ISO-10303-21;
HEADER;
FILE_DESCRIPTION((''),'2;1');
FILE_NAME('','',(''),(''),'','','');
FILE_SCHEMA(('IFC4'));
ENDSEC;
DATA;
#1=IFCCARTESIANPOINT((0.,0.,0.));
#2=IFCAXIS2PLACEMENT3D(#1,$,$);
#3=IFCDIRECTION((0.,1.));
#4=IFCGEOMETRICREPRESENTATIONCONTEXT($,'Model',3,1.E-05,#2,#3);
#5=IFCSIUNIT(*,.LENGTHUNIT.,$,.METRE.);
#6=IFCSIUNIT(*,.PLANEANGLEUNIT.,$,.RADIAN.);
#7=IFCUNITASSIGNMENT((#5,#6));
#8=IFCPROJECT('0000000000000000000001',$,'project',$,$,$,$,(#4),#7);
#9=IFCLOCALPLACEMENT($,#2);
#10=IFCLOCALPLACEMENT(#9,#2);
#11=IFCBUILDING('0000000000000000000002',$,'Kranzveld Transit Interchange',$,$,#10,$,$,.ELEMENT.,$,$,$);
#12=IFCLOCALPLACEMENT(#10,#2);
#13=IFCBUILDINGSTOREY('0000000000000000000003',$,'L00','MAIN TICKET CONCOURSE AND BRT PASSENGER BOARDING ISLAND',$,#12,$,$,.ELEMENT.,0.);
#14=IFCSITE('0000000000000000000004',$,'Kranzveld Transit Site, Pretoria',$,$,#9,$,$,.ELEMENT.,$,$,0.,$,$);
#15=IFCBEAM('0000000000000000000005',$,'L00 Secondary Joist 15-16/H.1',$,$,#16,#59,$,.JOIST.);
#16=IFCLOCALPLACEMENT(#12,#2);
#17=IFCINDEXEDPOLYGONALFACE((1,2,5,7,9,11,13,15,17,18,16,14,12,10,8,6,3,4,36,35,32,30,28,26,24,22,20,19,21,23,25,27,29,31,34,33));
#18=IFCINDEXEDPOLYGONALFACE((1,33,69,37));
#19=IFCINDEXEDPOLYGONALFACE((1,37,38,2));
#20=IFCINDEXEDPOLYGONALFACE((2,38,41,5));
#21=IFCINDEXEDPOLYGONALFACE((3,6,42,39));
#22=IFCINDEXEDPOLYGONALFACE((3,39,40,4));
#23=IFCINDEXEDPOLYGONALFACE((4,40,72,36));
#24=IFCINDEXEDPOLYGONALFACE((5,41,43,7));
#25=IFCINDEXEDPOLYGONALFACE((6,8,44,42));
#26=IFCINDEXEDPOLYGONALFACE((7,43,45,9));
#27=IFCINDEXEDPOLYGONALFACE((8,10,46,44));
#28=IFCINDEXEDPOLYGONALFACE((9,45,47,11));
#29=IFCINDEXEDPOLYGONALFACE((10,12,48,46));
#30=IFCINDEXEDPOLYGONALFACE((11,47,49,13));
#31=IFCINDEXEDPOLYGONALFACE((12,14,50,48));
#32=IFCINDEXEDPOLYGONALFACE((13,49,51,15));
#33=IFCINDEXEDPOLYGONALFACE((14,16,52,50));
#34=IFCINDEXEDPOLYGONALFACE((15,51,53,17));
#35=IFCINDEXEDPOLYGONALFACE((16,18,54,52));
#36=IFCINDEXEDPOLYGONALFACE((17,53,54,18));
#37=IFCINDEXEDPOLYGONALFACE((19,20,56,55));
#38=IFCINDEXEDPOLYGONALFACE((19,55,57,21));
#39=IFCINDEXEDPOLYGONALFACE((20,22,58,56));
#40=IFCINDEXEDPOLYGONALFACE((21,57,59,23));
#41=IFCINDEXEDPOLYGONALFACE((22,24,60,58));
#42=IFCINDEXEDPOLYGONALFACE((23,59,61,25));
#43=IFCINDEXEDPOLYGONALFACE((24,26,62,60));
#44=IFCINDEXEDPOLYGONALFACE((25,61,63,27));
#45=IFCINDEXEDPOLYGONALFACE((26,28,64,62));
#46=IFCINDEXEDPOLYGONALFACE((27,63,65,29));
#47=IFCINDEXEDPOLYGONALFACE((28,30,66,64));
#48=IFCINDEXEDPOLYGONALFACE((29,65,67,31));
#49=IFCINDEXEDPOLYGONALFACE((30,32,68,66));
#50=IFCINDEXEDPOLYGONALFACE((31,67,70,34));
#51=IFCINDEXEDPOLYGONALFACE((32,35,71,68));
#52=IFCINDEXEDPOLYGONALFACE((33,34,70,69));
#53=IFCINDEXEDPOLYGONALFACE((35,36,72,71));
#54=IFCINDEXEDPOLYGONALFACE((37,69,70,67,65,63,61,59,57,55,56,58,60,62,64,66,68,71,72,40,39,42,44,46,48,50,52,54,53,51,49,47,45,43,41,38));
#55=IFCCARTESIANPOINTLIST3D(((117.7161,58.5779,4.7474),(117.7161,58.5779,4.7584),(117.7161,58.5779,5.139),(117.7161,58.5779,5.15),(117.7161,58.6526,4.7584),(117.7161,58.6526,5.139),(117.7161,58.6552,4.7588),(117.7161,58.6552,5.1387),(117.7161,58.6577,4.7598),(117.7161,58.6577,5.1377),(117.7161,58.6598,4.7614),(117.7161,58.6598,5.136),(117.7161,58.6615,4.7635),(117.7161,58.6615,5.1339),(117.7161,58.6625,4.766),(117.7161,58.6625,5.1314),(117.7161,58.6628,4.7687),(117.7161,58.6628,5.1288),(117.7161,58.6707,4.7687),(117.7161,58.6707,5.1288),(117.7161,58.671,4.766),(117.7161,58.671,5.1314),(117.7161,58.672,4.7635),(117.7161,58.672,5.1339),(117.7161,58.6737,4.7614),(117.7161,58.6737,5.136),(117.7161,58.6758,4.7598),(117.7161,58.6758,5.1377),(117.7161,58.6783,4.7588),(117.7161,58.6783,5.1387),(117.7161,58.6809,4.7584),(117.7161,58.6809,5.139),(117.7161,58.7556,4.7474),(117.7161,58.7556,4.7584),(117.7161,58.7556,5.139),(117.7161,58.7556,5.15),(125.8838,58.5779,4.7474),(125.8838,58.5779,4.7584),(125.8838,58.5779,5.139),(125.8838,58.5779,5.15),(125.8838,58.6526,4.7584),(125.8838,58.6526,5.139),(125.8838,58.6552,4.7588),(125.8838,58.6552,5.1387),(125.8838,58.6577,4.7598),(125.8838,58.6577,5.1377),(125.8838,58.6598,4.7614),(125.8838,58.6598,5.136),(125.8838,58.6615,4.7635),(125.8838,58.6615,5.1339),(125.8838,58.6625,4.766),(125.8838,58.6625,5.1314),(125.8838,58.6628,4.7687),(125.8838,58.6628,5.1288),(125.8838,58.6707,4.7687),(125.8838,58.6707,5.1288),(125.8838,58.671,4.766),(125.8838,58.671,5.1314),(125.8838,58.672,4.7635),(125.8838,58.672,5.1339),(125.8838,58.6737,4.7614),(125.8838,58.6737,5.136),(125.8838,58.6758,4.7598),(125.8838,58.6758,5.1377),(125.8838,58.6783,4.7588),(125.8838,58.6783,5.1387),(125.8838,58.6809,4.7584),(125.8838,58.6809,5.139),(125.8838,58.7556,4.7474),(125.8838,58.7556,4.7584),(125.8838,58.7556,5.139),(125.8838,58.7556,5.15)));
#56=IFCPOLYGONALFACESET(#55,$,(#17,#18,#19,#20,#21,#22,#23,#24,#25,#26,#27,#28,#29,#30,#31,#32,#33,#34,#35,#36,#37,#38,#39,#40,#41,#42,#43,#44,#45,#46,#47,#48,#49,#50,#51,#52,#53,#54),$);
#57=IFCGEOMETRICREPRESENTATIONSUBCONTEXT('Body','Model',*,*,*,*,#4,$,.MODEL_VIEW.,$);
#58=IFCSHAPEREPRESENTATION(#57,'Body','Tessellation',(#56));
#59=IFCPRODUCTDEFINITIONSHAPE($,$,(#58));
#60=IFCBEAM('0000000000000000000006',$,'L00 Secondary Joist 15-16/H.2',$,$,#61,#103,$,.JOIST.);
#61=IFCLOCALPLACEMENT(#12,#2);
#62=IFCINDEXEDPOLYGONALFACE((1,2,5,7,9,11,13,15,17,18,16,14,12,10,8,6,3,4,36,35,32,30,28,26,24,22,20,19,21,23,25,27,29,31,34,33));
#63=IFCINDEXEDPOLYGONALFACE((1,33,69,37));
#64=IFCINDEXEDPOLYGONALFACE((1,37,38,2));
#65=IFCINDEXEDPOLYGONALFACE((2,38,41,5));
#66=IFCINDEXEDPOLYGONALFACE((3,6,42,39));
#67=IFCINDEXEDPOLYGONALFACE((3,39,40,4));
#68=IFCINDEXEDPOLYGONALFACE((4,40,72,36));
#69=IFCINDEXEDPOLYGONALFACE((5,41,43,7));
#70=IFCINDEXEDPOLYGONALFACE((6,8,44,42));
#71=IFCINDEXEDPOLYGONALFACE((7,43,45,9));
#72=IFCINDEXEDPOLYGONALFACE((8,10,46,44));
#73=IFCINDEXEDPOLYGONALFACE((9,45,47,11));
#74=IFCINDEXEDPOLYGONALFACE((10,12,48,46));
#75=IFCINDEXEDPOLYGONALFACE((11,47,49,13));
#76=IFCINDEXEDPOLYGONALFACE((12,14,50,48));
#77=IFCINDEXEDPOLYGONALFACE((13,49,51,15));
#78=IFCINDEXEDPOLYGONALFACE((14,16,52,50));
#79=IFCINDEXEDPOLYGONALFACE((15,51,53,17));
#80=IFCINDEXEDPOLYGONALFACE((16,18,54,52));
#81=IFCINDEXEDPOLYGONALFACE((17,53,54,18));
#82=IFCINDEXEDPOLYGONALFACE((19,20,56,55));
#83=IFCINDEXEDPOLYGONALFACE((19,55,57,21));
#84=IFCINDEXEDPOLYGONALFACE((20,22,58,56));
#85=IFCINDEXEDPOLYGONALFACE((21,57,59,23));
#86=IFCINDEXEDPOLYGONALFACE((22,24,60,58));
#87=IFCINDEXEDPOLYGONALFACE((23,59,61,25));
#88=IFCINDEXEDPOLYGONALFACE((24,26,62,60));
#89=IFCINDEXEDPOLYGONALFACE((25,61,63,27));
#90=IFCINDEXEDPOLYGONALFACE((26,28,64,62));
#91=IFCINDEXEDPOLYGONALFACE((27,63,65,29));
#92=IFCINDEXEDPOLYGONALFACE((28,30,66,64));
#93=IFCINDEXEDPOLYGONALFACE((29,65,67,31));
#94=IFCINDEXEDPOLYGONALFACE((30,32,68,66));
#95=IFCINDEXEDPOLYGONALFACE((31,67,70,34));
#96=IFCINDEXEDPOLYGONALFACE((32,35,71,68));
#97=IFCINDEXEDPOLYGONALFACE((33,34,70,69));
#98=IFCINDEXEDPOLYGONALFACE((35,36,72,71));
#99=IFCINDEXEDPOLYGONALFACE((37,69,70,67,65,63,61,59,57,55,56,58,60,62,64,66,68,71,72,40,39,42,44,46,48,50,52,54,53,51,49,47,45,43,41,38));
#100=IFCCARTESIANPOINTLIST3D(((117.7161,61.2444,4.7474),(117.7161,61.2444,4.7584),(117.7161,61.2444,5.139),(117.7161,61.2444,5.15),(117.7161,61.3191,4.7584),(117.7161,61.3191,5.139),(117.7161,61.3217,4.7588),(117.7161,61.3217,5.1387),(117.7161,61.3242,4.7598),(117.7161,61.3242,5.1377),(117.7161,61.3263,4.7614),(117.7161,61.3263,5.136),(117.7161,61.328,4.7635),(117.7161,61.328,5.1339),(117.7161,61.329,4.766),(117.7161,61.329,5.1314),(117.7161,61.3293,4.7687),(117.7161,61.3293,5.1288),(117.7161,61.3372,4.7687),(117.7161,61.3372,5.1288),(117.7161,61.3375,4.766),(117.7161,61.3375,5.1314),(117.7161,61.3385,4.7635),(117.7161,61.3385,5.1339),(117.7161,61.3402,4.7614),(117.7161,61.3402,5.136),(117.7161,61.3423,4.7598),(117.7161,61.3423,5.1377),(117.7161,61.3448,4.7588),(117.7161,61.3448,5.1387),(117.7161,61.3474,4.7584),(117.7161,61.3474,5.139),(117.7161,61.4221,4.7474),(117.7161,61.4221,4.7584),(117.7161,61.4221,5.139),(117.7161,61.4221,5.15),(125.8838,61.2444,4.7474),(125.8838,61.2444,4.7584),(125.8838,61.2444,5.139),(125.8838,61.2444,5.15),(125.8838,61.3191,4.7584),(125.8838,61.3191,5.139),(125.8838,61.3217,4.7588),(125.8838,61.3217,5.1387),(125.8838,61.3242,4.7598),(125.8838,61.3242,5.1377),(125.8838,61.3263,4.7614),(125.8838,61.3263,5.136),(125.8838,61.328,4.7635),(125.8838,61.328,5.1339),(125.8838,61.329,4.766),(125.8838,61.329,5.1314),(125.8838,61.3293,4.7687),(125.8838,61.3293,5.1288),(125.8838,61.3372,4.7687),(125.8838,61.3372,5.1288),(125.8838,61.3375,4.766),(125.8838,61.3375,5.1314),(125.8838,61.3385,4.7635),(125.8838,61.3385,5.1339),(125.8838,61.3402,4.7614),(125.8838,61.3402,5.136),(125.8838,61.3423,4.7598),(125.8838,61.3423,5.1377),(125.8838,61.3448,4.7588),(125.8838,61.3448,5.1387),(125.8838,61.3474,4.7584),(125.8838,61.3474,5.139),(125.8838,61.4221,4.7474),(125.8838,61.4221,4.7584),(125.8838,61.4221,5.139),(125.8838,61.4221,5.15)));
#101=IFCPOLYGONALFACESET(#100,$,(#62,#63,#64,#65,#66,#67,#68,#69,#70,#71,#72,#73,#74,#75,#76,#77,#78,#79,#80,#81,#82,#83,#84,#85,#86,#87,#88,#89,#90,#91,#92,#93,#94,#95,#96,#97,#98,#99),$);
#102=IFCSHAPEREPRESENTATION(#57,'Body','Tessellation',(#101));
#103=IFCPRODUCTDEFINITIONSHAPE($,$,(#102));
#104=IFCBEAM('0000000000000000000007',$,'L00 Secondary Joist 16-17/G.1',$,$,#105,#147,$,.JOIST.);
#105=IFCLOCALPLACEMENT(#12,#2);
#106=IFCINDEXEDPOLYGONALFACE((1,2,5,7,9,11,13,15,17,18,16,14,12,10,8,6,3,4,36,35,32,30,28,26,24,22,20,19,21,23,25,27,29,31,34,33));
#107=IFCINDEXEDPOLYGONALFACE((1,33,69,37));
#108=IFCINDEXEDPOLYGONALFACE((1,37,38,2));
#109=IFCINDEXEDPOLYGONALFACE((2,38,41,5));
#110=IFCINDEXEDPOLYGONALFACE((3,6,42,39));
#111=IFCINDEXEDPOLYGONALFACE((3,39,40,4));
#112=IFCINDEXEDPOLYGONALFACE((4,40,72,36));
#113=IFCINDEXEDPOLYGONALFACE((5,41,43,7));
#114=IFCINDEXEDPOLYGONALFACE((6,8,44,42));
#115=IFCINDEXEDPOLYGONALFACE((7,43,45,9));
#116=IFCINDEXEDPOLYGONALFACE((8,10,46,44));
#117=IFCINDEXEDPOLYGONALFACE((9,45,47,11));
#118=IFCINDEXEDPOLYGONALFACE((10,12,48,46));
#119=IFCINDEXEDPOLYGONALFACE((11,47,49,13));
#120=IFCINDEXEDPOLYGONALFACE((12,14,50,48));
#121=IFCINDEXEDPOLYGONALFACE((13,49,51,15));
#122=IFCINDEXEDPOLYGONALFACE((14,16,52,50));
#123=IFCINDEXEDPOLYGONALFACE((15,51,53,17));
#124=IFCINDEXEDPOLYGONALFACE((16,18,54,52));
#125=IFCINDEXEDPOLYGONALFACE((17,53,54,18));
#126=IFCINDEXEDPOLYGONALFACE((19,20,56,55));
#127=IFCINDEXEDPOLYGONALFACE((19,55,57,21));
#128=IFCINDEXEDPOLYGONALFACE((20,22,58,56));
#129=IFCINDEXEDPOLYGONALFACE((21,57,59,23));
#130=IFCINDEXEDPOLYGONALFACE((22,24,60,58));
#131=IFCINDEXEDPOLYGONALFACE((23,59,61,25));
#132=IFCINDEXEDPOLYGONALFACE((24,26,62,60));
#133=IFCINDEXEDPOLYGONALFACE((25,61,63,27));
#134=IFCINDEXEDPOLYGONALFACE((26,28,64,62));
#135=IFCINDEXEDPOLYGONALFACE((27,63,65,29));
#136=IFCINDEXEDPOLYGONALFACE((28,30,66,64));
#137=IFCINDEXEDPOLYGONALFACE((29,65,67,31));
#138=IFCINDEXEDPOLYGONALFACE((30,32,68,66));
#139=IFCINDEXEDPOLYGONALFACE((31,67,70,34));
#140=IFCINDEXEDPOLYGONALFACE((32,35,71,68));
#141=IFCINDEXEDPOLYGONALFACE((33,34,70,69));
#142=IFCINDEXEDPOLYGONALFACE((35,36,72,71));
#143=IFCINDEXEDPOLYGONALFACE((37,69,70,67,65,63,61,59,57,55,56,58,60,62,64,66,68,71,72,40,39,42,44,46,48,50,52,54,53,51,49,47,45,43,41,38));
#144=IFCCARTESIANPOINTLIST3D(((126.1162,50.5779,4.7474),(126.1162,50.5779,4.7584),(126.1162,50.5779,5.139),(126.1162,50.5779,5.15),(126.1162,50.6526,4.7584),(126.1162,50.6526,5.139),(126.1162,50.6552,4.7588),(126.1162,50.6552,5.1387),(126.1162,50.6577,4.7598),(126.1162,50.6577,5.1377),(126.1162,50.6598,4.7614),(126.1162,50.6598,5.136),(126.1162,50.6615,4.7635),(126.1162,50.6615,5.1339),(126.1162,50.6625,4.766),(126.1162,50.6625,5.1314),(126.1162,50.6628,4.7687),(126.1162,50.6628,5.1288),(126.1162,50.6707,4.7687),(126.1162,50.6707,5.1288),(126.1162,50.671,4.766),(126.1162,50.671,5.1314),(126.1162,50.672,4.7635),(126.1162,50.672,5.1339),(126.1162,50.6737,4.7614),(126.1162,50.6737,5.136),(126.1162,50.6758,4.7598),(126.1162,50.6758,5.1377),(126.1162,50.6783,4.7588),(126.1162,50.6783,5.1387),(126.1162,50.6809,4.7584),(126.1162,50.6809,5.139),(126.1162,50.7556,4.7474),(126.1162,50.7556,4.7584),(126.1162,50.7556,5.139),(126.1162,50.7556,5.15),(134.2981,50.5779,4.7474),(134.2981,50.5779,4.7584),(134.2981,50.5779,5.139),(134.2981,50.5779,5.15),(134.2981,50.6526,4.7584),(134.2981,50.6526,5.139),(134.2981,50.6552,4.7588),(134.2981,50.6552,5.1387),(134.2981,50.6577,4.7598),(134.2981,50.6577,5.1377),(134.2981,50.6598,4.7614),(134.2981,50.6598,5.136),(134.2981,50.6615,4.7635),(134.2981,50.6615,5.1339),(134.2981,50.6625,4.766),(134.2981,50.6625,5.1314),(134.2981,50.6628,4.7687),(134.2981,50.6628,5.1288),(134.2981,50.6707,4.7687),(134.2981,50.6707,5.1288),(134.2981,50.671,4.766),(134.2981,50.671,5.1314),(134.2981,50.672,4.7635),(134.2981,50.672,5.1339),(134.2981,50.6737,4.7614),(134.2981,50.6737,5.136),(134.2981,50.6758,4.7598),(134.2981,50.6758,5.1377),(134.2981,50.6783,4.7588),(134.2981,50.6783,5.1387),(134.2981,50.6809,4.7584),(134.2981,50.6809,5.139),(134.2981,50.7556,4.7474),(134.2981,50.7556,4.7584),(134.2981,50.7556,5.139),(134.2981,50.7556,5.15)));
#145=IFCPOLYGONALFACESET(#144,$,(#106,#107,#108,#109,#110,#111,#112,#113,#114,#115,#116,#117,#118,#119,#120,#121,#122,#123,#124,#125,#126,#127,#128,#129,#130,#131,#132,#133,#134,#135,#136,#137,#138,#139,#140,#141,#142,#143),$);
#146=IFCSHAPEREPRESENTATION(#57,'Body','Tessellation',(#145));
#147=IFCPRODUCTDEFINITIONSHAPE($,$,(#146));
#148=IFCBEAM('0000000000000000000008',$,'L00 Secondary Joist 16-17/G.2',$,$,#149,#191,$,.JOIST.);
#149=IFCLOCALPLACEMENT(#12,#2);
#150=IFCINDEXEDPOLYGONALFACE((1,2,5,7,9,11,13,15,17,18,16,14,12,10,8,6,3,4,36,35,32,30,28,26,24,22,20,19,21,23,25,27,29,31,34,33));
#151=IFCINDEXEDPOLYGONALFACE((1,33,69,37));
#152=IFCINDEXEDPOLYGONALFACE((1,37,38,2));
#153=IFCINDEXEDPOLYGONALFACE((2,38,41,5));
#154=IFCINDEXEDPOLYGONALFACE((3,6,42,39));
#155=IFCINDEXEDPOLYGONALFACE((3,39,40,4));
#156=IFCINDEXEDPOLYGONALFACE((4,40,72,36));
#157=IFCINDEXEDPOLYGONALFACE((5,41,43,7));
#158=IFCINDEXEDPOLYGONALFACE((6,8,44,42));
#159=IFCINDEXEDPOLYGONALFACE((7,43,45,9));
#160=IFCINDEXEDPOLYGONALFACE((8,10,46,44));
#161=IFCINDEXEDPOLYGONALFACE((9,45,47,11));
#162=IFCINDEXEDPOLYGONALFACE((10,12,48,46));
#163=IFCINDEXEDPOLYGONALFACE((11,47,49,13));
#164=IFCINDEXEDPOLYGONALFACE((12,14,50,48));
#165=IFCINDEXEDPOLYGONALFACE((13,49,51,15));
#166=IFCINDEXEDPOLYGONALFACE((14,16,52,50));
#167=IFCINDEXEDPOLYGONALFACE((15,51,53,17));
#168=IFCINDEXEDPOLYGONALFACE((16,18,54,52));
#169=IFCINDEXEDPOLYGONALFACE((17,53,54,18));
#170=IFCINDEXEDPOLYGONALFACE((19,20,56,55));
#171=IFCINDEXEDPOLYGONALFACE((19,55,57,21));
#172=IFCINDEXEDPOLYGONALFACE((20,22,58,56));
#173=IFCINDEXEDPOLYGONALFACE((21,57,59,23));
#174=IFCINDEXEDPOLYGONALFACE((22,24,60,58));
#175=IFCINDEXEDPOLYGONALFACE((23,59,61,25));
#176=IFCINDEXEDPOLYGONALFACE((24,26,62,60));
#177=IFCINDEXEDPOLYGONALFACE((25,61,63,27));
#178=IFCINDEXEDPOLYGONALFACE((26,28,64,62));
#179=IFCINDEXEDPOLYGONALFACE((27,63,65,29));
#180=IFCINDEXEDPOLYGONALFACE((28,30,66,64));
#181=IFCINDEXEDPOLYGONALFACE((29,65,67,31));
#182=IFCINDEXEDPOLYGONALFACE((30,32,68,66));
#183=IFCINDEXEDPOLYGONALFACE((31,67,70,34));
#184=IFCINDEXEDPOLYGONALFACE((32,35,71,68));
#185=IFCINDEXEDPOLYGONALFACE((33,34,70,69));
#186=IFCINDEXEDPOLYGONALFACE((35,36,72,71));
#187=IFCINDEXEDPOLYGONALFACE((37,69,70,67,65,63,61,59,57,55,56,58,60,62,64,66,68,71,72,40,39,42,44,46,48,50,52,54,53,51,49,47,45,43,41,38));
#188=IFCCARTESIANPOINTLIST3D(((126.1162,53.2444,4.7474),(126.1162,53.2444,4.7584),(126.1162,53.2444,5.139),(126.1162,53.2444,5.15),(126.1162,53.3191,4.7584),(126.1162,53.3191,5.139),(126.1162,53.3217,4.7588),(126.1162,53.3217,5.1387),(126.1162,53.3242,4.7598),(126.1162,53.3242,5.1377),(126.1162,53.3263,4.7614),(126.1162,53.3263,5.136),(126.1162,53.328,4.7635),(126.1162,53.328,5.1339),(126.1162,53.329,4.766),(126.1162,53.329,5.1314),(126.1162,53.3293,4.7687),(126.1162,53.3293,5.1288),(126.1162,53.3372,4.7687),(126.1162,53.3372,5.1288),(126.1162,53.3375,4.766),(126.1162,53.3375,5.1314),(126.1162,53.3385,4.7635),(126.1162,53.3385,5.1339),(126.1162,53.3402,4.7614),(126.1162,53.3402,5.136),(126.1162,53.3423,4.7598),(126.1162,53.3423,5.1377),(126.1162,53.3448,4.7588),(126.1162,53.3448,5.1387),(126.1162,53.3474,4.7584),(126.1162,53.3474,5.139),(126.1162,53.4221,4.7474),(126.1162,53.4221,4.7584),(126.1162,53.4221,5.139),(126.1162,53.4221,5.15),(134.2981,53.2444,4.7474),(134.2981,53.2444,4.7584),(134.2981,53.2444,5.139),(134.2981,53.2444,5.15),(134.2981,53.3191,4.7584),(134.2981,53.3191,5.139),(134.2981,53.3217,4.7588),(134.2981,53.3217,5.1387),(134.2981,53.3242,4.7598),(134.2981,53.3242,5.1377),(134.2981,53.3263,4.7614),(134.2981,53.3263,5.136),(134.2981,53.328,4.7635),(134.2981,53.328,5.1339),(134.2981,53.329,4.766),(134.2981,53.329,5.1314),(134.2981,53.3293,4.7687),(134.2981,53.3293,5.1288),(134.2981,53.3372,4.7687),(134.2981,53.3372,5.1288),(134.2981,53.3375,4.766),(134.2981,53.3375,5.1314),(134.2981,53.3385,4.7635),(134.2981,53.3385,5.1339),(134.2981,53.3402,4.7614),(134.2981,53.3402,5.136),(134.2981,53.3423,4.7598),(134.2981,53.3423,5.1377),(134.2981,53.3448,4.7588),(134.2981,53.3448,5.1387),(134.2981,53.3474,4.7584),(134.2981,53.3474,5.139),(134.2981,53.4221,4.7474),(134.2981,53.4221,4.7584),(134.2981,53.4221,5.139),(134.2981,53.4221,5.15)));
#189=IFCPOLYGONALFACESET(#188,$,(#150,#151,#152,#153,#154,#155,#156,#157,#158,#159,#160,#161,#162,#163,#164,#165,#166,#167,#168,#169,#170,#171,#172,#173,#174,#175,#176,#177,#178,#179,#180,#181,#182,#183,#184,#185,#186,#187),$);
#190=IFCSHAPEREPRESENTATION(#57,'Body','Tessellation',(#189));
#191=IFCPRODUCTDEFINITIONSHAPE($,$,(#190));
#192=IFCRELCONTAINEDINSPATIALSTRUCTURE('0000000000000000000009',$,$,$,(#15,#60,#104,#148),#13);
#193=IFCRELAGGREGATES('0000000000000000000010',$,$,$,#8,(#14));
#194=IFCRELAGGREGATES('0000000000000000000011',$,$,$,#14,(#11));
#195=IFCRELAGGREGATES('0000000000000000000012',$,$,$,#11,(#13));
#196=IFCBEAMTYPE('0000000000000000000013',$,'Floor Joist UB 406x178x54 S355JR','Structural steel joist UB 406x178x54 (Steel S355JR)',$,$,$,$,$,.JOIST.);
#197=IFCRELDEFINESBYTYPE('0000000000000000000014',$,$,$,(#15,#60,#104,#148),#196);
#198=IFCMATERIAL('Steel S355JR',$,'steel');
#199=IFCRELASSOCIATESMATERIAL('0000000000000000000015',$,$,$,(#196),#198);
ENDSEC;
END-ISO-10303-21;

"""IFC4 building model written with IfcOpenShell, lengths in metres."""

from ifc_helpers import new_model, si_unit, direction, frame, origin, origin_2d, place, context, subcontext, project, spatial, i_section, extrude, material, material_profile, profile_set, type_object, element, save


model = new_model("IFC4")

# Units and contexts
model_context = context("Model", 3, precision=1e-05, world=origin(), true_north=direction((0.0, 1.0)))
body_context = subcontext(model_context, "Body", "Model", "MODEL_VIEW")
ifc_project = project(units=[si_unit("LENGTHUNIT", "METRE"), si_unit("PLANEANGLEUNIT", "RADIAN")], contexts=[model_context])

# Site, building, storey
site_placement = place(None, origin())
site = spatial("IfcSite", under=ifc_project, at=site_placement, Name="Kranzveld Transit Site, Pretoria", CompositionType="ELEMENT", RefElevation=0.0)
building_placement = place(site_placement, origin())
building = spatial("IfcBuilding", under=site, at=building_placement, Name="Kranzveld Transit Interchange", CompositionType="ELEMENT")
storey_placement = place(building_placement, origin())
storey = spatial("IfcBuildingStorey", under=building, at=storey_placement, Name="L00", Description="MAIN TICKET CONCOURSE AND BRT PASSENGER BOARDING ISLAND", CompositionType="ELEMENT", Elevation=0.0)

# Beams
ifc_material_1 = material(Name="Steel S355JR", Category="steel")
ifc_material_profile_1 = material_profile(ifc_material_1, i_section(OverallWidth=0.1777, OverallDepth=0.4026, WebThickness=0.0078, FlangeThickness=0.011, FilletRadius=0.0103, at=origin_2d()), Name="UB 406x178x54")
ifc_profile_set_1 = profile_set([ifc_material_profile_1], Name="Steel S355JR")
beam_type_1 = type_object("IfcBeamType", Name="Floor Joist UB 406x178x54 S355JR", Description="Structural steel joist UB 406x178x54 (Steel S355JR)", PredefinedType="JOIST", material=ifc_profile_set_1)
for number, where, z_axis, x_axis, name in (
    (1, (117.7161, 58.6667, 4.9487), (1.0, 0.0, 0.0), (0.0, 1.0, 0.0), "L00 Secondary Joist 15-16/H.1"),
    (2, (117.7161, 61.3333, 4.9487), (1.0, 0.0, 0.0), (0.0, 1.0, 0.0), "L00 Secondary Joist 15-16/H.2"),
):
    element("IfcBeam", number, at=place(storey_placement, frame(where, z_axis=z_axis, x_axis=x_axis)), inside=storey, type_object=beam_type_1, Name=name, PredefinedType="JOIST", context=body_context, shape_type="SweptSolid", body=[
        extrude(i_section(OverallWidth=0.1777, OverallDepth=0.4026, WebThickness=0.0078, FlangeThickness=0.011, FilletRadius=0.0103, at=origin_2d()), origin(), (0.0, 0.0, 1.0), 8.1677),
    ])
for number, where, z_axis, x_axis, name in (
    (3, (126.1162, 50.6667, 4.9487), (1.0, 0.0, 0.0), (0.0, 1.0, 0.0), "L00 Secondary Joist 16-17/G.1"),
    (4, (126.1162, 53.3333, 4.9487), (1.0, 0.0, 0.0), (0.0, 1.0, 0.0), "L00 Secondary Joist 16-17/G.2"),
):
    element("IfcBeam", number, at=place(storey_placement, frame(where, z_axis=z_axis, x_axis=x_axis)), inside=storey, type_object=beam_type_1, Name=name, PredefinedType="JOIST", context=body_context, shape_type="SweptSolid", body=[
        extrude(i_section(OverallWidth=0.1777, OverallDepth=0.4026, WebThickness=0.0078, FlangeThickness=0.011, FilletRadius=0.0103, at=origin_2d()), origin(), (0.0, 0.0, 1.0), 8.1819),
    ])

save(model, "model.ifc")
